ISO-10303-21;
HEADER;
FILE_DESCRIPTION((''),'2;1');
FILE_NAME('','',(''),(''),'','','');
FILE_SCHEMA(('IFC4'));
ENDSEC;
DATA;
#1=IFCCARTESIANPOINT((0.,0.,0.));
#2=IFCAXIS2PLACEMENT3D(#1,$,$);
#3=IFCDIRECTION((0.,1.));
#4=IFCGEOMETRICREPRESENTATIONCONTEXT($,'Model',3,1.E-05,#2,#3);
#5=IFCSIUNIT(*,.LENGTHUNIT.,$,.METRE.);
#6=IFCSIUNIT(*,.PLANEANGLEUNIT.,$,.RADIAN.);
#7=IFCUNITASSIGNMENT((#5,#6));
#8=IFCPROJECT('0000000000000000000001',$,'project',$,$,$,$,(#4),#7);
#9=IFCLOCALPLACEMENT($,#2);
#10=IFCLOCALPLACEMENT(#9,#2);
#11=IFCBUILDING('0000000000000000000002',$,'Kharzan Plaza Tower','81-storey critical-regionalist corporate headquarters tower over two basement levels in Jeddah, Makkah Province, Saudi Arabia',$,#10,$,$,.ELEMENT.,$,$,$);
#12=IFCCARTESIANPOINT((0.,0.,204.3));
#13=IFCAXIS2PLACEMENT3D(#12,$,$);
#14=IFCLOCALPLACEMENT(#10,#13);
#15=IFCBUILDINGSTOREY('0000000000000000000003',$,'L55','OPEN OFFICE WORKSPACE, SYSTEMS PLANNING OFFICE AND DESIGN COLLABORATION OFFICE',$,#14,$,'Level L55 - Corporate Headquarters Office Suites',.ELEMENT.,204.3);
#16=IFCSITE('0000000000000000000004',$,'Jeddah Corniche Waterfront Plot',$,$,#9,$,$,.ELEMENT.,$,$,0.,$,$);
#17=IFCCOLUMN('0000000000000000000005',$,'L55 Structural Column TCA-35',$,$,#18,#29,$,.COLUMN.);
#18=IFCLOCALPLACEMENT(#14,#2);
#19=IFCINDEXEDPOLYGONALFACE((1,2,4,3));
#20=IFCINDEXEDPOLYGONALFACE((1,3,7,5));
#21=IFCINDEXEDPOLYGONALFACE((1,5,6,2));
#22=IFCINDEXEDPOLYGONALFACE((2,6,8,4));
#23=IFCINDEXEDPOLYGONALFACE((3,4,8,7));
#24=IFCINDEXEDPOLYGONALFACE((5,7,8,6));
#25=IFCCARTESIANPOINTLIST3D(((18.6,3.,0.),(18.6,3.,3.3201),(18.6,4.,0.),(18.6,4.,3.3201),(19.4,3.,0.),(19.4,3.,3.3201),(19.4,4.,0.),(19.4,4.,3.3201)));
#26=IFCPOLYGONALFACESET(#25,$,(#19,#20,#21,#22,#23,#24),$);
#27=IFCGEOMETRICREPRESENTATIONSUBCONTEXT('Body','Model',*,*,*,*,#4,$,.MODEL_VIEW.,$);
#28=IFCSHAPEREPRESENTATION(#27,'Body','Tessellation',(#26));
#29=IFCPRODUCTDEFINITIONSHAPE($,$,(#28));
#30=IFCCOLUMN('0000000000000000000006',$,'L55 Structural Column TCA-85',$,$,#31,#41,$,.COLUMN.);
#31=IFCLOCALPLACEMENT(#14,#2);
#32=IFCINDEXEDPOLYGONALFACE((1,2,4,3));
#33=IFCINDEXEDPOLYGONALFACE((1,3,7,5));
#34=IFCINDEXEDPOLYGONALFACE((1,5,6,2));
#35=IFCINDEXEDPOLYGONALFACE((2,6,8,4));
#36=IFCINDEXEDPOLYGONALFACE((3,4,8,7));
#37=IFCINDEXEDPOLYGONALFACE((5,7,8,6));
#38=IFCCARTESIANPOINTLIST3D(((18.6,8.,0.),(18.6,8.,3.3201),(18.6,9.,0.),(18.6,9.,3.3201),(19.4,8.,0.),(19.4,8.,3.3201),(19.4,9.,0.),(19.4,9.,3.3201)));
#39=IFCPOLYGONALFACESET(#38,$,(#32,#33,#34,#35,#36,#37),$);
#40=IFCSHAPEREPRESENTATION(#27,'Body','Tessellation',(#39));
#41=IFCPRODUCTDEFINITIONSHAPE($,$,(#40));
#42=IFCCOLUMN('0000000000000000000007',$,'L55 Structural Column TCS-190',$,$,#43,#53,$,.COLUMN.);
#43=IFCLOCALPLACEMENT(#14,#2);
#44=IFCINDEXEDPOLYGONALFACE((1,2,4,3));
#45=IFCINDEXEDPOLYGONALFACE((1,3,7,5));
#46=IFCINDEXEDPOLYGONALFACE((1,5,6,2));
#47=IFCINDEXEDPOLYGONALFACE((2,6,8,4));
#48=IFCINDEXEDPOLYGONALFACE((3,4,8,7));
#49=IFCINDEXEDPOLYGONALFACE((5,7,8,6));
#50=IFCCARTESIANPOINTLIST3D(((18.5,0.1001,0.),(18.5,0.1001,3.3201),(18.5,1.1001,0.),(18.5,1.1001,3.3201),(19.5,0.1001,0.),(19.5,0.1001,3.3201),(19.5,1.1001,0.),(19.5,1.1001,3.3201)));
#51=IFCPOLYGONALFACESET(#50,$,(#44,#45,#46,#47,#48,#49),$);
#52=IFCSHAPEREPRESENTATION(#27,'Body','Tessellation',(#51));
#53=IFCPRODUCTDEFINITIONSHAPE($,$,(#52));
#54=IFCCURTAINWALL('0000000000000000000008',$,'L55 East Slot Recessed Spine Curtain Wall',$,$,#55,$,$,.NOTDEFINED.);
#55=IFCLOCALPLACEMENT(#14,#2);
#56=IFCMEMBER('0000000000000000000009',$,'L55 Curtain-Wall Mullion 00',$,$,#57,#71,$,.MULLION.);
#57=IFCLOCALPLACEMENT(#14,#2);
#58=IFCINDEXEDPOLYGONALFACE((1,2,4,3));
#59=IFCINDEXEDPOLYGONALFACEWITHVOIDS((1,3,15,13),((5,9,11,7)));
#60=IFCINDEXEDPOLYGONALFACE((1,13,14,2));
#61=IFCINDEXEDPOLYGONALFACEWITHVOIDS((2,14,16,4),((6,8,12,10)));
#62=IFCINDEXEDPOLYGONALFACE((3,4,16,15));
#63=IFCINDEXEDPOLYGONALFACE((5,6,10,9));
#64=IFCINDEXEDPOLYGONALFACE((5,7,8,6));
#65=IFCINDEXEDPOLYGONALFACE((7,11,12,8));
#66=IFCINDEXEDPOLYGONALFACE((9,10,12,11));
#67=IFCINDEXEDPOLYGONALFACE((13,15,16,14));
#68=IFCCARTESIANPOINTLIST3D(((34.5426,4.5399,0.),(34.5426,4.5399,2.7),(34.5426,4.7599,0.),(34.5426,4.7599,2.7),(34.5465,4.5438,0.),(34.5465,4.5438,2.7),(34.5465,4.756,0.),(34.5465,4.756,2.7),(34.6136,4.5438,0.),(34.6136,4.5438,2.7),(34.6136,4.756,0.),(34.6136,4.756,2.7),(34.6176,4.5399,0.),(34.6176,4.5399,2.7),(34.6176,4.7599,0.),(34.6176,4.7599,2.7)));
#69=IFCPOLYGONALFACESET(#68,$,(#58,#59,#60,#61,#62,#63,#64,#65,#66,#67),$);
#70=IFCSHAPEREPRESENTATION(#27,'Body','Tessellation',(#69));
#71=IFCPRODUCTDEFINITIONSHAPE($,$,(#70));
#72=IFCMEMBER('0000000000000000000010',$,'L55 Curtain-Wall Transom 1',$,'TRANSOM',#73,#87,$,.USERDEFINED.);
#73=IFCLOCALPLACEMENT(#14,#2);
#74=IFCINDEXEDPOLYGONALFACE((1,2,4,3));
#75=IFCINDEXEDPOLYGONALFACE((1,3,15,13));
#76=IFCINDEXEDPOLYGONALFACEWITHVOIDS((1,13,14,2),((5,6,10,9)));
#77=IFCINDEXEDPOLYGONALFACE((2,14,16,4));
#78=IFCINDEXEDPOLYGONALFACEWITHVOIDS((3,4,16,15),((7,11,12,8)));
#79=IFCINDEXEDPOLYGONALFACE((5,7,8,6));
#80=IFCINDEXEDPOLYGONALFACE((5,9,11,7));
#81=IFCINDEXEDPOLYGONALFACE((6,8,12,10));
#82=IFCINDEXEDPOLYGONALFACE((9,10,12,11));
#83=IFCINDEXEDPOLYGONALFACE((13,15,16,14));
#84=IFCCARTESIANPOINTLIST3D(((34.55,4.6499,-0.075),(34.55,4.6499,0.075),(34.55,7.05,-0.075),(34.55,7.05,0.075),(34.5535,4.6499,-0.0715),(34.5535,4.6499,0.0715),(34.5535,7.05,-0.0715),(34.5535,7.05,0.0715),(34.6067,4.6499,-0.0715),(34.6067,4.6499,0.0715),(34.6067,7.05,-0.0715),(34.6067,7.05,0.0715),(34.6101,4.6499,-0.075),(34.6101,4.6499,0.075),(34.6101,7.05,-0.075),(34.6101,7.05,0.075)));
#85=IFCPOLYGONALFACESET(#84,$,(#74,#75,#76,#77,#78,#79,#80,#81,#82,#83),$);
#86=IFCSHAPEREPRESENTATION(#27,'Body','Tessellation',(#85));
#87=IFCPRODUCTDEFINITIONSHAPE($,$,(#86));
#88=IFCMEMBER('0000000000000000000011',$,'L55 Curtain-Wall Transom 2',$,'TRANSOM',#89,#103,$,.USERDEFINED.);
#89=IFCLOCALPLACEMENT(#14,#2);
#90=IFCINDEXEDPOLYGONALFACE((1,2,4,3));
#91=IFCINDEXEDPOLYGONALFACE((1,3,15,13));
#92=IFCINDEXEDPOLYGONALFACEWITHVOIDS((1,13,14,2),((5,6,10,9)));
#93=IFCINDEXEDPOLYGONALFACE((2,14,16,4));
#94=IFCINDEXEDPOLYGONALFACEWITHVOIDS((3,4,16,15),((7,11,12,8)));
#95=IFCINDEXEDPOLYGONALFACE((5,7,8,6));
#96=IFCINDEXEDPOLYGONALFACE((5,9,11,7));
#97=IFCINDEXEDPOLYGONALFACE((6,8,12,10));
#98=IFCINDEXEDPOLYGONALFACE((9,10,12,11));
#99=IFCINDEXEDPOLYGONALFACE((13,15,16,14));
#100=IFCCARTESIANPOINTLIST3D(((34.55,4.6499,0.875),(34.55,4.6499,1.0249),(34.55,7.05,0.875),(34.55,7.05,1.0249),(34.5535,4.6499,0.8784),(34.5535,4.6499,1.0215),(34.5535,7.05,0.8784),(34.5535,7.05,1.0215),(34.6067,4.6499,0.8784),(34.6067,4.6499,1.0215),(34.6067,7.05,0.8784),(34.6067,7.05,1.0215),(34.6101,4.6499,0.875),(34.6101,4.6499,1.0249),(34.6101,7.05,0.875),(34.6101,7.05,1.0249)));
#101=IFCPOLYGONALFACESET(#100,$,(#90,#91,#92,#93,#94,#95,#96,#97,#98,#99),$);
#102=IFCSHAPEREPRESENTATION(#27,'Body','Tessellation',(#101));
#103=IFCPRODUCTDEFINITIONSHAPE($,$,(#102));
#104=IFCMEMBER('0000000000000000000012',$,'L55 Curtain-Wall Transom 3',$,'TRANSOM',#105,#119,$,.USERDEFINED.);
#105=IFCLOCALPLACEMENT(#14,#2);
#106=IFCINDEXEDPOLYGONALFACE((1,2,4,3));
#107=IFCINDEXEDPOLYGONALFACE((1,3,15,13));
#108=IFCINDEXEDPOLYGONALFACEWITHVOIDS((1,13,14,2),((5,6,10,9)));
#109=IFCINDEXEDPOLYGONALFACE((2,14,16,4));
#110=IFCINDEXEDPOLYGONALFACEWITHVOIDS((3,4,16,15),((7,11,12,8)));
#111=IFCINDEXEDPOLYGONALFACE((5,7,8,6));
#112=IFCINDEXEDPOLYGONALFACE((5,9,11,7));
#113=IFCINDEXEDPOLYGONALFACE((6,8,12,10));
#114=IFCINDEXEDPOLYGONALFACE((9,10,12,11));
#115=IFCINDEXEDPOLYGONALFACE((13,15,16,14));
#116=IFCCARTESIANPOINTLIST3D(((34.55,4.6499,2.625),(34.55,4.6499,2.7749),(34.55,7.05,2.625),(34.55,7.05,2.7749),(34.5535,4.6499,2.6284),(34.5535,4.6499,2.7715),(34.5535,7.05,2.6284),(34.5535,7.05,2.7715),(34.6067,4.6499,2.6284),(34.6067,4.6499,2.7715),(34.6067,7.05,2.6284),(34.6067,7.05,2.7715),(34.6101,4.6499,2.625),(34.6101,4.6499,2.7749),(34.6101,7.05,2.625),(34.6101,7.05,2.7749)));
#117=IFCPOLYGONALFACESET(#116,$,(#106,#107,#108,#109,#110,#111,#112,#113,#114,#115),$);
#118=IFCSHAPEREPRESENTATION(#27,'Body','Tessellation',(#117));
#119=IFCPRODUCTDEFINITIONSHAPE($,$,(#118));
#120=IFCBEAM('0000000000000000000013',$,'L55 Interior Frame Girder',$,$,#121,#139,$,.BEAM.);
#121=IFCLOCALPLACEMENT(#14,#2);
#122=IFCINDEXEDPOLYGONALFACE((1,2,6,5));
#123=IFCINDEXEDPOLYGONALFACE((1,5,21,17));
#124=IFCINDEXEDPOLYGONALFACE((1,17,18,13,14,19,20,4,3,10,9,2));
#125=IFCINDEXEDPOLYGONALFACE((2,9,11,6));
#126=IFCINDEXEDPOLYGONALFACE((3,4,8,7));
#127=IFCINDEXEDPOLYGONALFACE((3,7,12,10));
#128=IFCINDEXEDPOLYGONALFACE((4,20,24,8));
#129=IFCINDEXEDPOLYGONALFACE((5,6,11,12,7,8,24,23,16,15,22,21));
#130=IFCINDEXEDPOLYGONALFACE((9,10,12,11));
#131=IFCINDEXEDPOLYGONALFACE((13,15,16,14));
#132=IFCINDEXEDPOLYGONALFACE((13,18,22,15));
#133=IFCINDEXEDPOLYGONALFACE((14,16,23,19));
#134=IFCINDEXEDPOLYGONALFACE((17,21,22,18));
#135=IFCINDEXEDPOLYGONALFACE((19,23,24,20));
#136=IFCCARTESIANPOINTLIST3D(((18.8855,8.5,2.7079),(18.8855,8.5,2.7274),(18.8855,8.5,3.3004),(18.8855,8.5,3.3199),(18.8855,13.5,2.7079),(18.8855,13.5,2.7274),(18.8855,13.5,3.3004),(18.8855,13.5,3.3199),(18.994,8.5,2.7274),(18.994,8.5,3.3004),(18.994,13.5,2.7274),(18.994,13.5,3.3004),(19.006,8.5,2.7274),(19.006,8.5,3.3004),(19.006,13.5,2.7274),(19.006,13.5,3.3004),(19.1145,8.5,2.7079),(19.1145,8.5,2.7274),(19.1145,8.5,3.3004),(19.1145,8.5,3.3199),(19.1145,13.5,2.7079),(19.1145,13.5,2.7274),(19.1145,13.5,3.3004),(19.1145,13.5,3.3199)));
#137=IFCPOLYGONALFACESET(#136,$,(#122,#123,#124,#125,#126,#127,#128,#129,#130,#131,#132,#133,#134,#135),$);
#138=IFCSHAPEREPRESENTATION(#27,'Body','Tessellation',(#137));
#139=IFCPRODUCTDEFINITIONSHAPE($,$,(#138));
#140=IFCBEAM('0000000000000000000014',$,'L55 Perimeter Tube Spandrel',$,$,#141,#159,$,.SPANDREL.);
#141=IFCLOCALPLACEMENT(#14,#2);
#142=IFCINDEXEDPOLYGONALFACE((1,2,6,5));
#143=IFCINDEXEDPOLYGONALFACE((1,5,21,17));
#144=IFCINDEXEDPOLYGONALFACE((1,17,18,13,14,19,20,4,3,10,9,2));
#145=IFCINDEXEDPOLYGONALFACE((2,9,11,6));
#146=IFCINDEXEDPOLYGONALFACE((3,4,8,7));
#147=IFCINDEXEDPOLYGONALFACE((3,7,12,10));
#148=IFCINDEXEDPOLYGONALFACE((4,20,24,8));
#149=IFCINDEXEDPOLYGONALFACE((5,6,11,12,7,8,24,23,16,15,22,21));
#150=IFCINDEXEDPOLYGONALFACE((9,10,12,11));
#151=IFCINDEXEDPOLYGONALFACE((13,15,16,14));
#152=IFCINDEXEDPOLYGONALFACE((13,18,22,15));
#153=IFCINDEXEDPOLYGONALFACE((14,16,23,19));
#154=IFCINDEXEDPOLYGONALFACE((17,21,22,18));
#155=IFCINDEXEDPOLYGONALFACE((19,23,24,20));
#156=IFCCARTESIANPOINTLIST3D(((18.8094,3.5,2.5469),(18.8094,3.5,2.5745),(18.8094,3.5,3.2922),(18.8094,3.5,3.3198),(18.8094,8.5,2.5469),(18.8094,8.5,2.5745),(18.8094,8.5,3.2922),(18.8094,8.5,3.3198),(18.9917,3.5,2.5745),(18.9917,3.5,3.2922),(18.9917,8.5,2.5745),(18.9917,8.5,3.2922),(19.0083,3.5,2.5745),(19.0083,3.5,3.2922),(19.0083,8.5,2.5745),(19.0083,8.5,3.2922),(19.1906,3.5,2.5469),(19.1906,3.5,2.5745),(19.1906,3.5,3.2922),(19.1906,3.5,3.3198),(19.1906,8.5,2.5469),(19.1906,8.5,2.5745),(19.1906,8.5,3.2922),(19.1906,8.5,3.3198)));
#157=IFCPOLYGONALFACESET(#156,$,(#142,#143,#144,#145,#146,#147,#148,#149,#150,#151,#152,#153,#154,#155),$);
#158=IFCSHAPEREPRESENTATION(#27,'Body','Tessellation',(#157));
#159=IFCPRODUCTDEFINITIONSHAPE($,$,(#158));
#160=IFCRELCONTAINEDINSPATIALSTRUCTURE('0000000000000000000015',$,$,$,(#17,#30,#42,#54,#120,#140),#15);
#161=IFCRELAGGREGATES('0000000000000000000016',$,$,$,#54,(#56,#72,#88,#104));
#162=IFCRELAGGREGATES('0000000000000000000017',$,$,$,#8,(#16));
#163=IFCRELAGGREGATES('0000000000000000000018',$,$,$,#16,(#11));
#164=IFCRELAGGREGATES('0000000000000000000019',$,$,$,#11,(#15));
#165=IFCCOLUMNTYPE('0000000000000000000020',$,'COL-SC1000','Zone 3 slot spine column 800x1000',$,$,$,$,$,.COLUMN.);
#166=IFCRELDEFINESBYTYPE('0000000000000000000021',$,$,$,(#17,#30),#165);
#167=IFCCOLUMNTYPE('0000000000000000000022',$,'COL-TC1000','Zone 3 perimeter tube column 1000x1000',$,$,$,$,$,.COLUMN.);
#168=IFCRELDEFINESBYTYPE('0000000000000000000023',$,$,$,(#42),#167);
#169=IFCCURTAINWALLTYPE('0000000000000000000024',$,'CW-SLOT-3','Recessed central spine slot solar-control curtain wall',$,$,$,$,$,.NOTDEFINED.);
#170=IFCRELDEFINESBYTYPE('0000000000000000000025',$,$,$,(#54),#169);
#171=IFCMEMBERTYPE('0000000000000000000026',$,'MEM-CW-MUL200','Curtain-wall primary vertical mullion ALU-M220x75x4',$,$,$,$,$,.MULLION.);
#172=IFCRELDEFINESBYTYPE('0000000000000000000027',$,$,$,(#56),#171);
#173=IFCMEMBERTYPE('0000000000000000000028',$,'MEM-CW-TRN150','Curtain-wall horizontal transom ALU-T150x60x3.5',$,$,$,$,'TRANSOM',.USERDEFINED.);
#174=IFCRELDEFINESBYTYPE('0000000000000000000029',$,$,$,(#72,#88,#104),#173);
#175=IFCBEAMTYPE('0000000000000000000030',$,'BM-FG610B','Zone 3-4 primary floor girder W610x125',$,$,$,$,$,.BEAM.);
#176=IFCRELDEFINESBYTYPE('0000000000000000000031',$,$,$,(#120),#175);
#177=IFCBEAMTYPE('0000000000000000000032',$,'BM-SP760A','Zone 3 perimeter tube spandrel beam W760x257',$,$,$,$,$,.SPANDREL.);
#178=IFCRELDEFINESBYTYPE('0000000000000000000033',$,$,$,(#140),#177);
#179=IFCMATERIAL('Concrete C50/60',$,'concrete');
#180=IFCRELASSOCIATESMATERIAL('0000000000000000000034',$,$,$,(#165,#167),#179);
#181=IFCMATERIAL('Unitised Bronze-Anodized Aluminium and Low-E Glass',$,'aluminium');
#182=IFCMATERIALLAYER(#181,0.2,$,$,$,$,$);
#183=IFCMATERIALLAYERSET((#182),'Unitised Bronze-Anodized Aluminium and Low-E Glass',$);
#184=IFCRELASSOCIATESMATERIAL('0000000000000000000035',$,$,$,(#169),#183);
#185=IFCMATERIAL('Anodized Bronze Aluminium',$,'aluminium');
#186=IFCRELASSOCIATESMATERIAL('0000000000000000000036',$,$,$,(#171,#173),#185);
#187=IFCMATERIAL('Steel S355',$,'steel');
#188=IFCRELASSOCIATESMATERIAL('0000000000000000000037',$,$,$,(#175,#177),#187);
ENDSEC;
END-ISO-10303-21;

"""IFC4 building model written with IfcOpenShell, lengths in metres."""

from ifc_helpers import new_model, si_unit, direction, frame, origin, origin_2d, place, context, subcontext, project, spatial, rectangle, hollow_rectangle, i_section, extrude, source, transform, mapped, material, layer, layer_set, material_profile, profile_set, type_object, element, aggregate, save


model = new_model("IFC4")

# Units and contexts
model_context = context("Model", 3, precision=1e-05, world=origin(), true_north=direction((0.0, 1.0)))
body_context = subcontext(model_context, "Body", "Model", "MODEL_VIEW")
ifc_project = project(units=[si_unit("LENGTHUNIT", "METRE"), si_unit("PLANEANGLEUNIT", "RADIAN")], contexts=[model_context])

# Site, building, storey
site_placement = place(None, origin())
site = spatial("IfcSite", under=ifc_project, at=site_placement, Name="Jeddah Corniche Waterfront Plot", CompositionType="ELEMENT", RefElevation=0.0)
building_placement = place(site_placement, origin())
building = spatial("IfcBuilding", under=site, at=building_placement, Name="Kharzan Plaza Tower", Description="81-storey critical-regionalist corporate headquarters tower over two basement levels in Jeddah, Makkah Province, Saudi Arabia", CompositionType="ELEMENT")
storey_placement = place(building_placement, frame((0.0, 0.0, 204.3)))
storey = spatial("IfcBuildingStorey", under=building, at=storey_placement, Name="L55", Description="OPEN OFFICE WORKSPACE, SYSTEMS PLANNING OFFICE AND DESIGN COLLABORATION OFFICE", LongName="Level L55 - Corporate Headquarters Office Suites", CompositionType="ELEMENT", Elevation=204.3)

# Columns
ifc_material_1 = material(Name="Concrete C50/60", Category="concrete")
ifc_material_profile_1 = material_profile(ifc_material_1, rectangle(XDim=0.8, YDim=1.0, at=origin_2d()), Name="RC-SC1000x800")
ifc_profile_set_1 = profile_set([ifc_material_profile_1], Name="Concrete C50/60")
column_type_1 = type_object("IfcColumnType", Name="COL-SC1000", Description="Zone 3 slot spine column 800x1000", PredefinedType="COLUMN", material=ifc_profile_set_1)
shared_shape_1 = source(origin(), body_context, "Body", "SweptSolid", [
    extrude(rectangle(XDim=0.8, YDim=1.0, at=origin_2d()), origin(), (0.0, 0.0, 1.0), 3.3201),
])
for number, where, z_axis, x_axis, name in (
    (1, (19.0, 3.5, 0.0), (0.0, 0.0, 1.0), (1.0, 0.0, 0.0), "L55 Structural Column TCA-35"),
    (2, (19.0, 8.5, 0.0), (0.0, 0.0, 1.0), (1.0, 0.0, 0.0), "L55 Structural Column TCA-85"),
):
    element("IfcColumn", number, at=place(storey_placement, frame(where, z_axis=z_axis, x_axis=x_axis)), inside=storey, type_object=column_type_1, Name=name, PredefinedType="COLUMN", context=body_context, shape_type="MappedRepresentation", body=[
        mapped(shared_shape_1, transform((0.0, 0.0, 0.0), x_axis=(1.0, 0.0, 0.0), y_axis=(0.0, 1.0, 0.0), z_axis=(0.0, 0.0, 1.0))),
    ])
ifc_material_profile_2 = material_profile(ifc_material_1, rectangle(XDim=1.0, YDim=1.0, at=origin_2d()), Name="RC-TC1000x1000")
ifc_profile_set_2 = profile_set([ifc_material_profile_2], Name="Concrete C50/60")
column_type_2 = type_object("IfcColumnType", Name="COL-TC1000", Description="Zone 3 perimeter tube column 1000x1000", PredefinedType="COLUMN", material=ifc_profile_set_2)
shared_shape_2 = source(origin(), body_context, "Body", "SweptSolid", [
    extrude(rectangle(XDim=1.0, YDim=1.0, at=origin_2d()), origin(), (0.0, 0.0, 1.0), 3.3201),
])
column_placement = place(storey_placement, frame((19.0, 0.6001, 0.0), z_axis=(0.0, 0.0, 1.0), x_axis=(1.0, 0.0, 0.0)))
element("IfcColumn", 3, at=column_placement, inside=storey, type_object=column_type_2, Name="L55 Structural Column TCS-190", PredefinedType="COLUMN", context=body_context, shape_type="MappedRepresentation", body=[
    mapped(shared_shape_2, transform((0.0, 0.0, 0.0), x_axis=(1.0, 0.0, 0.0), y_axis=(0.0, 1.0, 0.0), z_axis=(0.0, 0.0, 1.0))),
])

# Curtain wall, members
ifc_material_2 = material(Name="Unitised Bronze-Anodized Aluminium and Low-E Glass", Category="aluminium")
ifc_layer_1 = layer(ifc_material_2, 0.2)
ifc_layer_set_1 = layer_set([ifc_layer_1], Name="Unitised Bronze-Anodized Aluminium and Low-E Glass")
curtain_wall_type = type_object("IfcCurtainWallType", Name="CW-SLOT-3", Description="Recessed central spine slot solar-control curtain wall", PredefinedType="NOTDEFINED", material=ifc_layer_set_1)
curtain_wall_placement = place(storey_placement, origin())
curtain_wall = element("IfcCurtainWall", 4, at=curtain_wall_placement, inside=storey, type_object=curtain_wall_type, Name="L55 East Slot Recessed Spine Curtain Wall", PredefinedType="NOTDEFINED")
ifc_material_3 = material(Name="Anodized Bronze Aluminium", Category="aluminium")
ifc_material_profile_3 = material_profile(ifc_material_3, hollow_rectangle(XDim=0.075, YDim=0.22, WallThickness=0.0039, at=origin_2d()), Name="ALU-M220x75x4")
ifc_profile_set_3 = profile_set([ifc_material_profile_3], Name="Anodized Bronze Aluminium")
member_type_1 = type_object("IfcMemberType", Name="MEM-CW-MUL200", Description="Curtain-wall primary vertical mullion ALU-M220x75x4", PredefinedType="MULLION", material=ifc_profile_set_3)
shared_shape_3 = source(origin(), body_context, "Body", "SweptSolid", [
    extrude(hollow_rectangle(XDim=0.075, YDim=0.22, WallThickness=0.0039, at=origin_2d()), origin(), (0.0, 0.0, 1.0), 2.7),
])
member_1_placement = place(storey_placement, frame((34.5801, 4.6499, 0.0), z_axis=(0.0, 0.0, 1.0), x_axis=(1.0, 0.0, 0.0)))
member_1 = element("IfcMember", 5, at=member_1_placement, type_object=member_type_1, Name="L55 Curtain-Wall Mullion 00", PredefinedType="MULLION", context=body_context, shape_type="MappedRepresentation", body=[
    mapped(shared_shape_3, transform((0.0, 0.0, 0.0), x_axis=(1.0, 0.0, 0.0), y_axis=(0.0, 1.0, 0.0), z_axis=(0.0, 0.0, 1.0))),
])
ifc_material_profile_4 = material_profile(ifc_material_3, hollow_rectangle(XDim=0.0601, YDim=0.1499, WallThickness=0.0034, at=origin_2d()), Name="ALU-T150x60x3.5")
ifc_profile_set_4 = profile_set([ifc_material_profile_4], Name="Anodized Bronze Aluminium")
member_type_2 = type_object("IfcMemberType", Name="MEM-CW-TRN150", Description="Curtain-wall horizontal transom ALU-T150x60x3.5", ElementType="TRANSOM", PredefinedType="USERDEFINED", material=ifc_profile_set_4)
shared_shape_4 = source(origin(), body_context, "Body", "SweptSolid", [
    extrude(hollow_rectangle(XDim=0.0601, YDim=0.1499, WallThickness=0.0034, at=origin_2d()), origin(), (0.0, 0.0, 1.0), 2.4001),
])
member_2_placement = place(storey_placement, frame((34.5801, 4.6499, 0.0), z_axis=(0.0, 1.0, 0.0), x_axis=(-1.0, 0.0, 0.0)))
member_2 = element("IfcMember", 6, at=member_2_placement, type_object=member_type_2, Name="L55 Curtain-Wall Transom 1", ObjectType="TRANSOM", PredefinedType="USERDEFINED", context=body_context, shape_type="MappedRepresentation", body=[
    mapped(shared_shape_4, transform((0.0, 0.0, 0.0), x_axis=(1.0, 0.0, 0.0), y_axis=(0.0, 1.0, 0.0), z_axis=(0.0, 0.0, 1.0))),
])
member_3_placement = place(storey_placement, frame((34.5801, 4.6499, 0.95), z_axis=(0.0, 1.0, 0.0), x_axis=(-1.0, 0.0, 0.0)))
member_3 = element("IfcMember", 7, at=member_3_placement, type_object=member_type_2, Name="L55 Curtain-Wall Transom 2", ObjectType="TRANSOM", PredefinedType="USERDEFINED", context=body_context, shape_type="MappedRepresentation", body=[
    mapped(shared_shape_4, transform((0.0, 0.0, 0.0), x_axis=(1.0, 0.0, 0.0), y_axis=(0.0, 1.0, 0.0), z_axis=(0.0, 0.0, 1.0))),
])
member_4_placement = place(storey_placement, frame((34.5801, 4.6499, 2.7), z_axis=(0.0, 1.0, 0.0), x_axis=(-1.0, 0.0, 0.0)))
member_4 = element("IfcMember", 8, at=member_4_placement, type_object=member_type_2, Name="L55 Curtain-Wall Transom 3", ObjectType="TRANSOM", PredefinedType="USERDEFINED", context=body_context, shape_type="MappedRepresentation", body=[
    mapped(shared_shape_4, transform((0.0, 0.0, 0.0), x_axis=(1.0, 0.0, 0.0), y_axis=(0.0, 1.0, 0.0), z_axis=(0.0, 0.0, 1.0))),
])

# Beams
ifc_material_4 = material(Name="Steel S355", Category="steel")
ifc_material_profile_5 = material_profile(ifc_material_4, i_section(OverallWidth=0.229, OverallDepth=0.6121, WebThickness=0.012, FlangeThickness=0.0195, at=origin_2d()), Name="W610x125")
ifc_profile_set_5 = profile_set([ifc_material_profile_5], Name="Steel S355")
beam_type_1 = type_object("IfcBeamType", Name="BM-FG610B", Description="Zone 3-4 primary floor girder W610x125", PredefinedType="BEAM", material=ifc_profile_set_5)
shared_shape_5 = source(origin(), body_context, "Body", "SweptSolid", [
    extrude(i_section(OverallWidth=0.229, OverallDepth=0.6121, WebThickness=0.012, FlangeThickness=0.0195, at=origin_2d()), origin(), (0.0, 0.0, 1.0), 5.0),
])
beam_1_placement = place(storey_placement, frame((19.0, 8.5, 3.0139), z_axis=(0.0, 1.0, 0.0), x_axis=(-1.0, 0.0, 0.0)))
element("IfcBeam", 9, at=beam_1_placement, inside=storey, type_object=beam_type_1, Name="L55 Interior Frame Girder", PredefinedType="BEAM", context=body_context, shape_type="MappedRepresentation", body=[
    mapped(shared_shape_5, transform((0.0, 0.0, 0.0), x_axis=(1.0, 0.0, 0.0), y_axis=(0.0, 1.0, 0.0), z_axis=(0.0, 0.0, 1.0))),
])
ifc_material_profile_6 = material_profile(ifc_material_4, i_section(OverallWidth=0.3811, OverallDepth=0.7729, WebThickness=0.0166, FlangeThickness=0.0276, at=origin_2d()), Name="W760x257")
ifc_profile_set_6 = profile_set([ifc_material_profile_6], Name="Steel S355")
beam_type_2 = type_object("IfcBeamType", Name="BM-SP760A", Description="Zone 3 perimeter tube spandrel beam W760x257", PredefinedType="SPANDREL", material=ifc_profile_set_6)
shared_shape_6 = source(origin(), body_context, "Body", "SweptSolid", [
    extrude(i_section(OverallWidth=0.3811, OverallDepth=0.7729, WebThickness=0.0166, FlangeThickness=0.0276, at=origin_2d()), origin(), (0.0, 0.0, 1.0), 5.0),
])
beam_2_placement = place(storey_placement, frame((19.0, 3.5, 2.9333), z_axis=(0.0, 1.0, 0.0), x_axis=(-1.0, 0.0, 0.0)))
element("IfcBeam", 10, at=beam_2_placement, inside=storey, type_object=beam_type_2, Name="L55 Perimeter Tube Spandrel", PredefinedType="SPANDREL", context=body_context, shape_type="MappedRepresentation", body=[
    mapped(shared_shape_6, transform((0.0, 0.0, 0.0), x_axis=(1.0, 0.0, 0.0), y_axis=(0.0, 1.0, 0.0), z_axis=(0.0, 0.0, 1.0))),
])

aggregate(curtain_wall, [member_1, member_2, member_3, member_4])

save(model, "model.ifc")
